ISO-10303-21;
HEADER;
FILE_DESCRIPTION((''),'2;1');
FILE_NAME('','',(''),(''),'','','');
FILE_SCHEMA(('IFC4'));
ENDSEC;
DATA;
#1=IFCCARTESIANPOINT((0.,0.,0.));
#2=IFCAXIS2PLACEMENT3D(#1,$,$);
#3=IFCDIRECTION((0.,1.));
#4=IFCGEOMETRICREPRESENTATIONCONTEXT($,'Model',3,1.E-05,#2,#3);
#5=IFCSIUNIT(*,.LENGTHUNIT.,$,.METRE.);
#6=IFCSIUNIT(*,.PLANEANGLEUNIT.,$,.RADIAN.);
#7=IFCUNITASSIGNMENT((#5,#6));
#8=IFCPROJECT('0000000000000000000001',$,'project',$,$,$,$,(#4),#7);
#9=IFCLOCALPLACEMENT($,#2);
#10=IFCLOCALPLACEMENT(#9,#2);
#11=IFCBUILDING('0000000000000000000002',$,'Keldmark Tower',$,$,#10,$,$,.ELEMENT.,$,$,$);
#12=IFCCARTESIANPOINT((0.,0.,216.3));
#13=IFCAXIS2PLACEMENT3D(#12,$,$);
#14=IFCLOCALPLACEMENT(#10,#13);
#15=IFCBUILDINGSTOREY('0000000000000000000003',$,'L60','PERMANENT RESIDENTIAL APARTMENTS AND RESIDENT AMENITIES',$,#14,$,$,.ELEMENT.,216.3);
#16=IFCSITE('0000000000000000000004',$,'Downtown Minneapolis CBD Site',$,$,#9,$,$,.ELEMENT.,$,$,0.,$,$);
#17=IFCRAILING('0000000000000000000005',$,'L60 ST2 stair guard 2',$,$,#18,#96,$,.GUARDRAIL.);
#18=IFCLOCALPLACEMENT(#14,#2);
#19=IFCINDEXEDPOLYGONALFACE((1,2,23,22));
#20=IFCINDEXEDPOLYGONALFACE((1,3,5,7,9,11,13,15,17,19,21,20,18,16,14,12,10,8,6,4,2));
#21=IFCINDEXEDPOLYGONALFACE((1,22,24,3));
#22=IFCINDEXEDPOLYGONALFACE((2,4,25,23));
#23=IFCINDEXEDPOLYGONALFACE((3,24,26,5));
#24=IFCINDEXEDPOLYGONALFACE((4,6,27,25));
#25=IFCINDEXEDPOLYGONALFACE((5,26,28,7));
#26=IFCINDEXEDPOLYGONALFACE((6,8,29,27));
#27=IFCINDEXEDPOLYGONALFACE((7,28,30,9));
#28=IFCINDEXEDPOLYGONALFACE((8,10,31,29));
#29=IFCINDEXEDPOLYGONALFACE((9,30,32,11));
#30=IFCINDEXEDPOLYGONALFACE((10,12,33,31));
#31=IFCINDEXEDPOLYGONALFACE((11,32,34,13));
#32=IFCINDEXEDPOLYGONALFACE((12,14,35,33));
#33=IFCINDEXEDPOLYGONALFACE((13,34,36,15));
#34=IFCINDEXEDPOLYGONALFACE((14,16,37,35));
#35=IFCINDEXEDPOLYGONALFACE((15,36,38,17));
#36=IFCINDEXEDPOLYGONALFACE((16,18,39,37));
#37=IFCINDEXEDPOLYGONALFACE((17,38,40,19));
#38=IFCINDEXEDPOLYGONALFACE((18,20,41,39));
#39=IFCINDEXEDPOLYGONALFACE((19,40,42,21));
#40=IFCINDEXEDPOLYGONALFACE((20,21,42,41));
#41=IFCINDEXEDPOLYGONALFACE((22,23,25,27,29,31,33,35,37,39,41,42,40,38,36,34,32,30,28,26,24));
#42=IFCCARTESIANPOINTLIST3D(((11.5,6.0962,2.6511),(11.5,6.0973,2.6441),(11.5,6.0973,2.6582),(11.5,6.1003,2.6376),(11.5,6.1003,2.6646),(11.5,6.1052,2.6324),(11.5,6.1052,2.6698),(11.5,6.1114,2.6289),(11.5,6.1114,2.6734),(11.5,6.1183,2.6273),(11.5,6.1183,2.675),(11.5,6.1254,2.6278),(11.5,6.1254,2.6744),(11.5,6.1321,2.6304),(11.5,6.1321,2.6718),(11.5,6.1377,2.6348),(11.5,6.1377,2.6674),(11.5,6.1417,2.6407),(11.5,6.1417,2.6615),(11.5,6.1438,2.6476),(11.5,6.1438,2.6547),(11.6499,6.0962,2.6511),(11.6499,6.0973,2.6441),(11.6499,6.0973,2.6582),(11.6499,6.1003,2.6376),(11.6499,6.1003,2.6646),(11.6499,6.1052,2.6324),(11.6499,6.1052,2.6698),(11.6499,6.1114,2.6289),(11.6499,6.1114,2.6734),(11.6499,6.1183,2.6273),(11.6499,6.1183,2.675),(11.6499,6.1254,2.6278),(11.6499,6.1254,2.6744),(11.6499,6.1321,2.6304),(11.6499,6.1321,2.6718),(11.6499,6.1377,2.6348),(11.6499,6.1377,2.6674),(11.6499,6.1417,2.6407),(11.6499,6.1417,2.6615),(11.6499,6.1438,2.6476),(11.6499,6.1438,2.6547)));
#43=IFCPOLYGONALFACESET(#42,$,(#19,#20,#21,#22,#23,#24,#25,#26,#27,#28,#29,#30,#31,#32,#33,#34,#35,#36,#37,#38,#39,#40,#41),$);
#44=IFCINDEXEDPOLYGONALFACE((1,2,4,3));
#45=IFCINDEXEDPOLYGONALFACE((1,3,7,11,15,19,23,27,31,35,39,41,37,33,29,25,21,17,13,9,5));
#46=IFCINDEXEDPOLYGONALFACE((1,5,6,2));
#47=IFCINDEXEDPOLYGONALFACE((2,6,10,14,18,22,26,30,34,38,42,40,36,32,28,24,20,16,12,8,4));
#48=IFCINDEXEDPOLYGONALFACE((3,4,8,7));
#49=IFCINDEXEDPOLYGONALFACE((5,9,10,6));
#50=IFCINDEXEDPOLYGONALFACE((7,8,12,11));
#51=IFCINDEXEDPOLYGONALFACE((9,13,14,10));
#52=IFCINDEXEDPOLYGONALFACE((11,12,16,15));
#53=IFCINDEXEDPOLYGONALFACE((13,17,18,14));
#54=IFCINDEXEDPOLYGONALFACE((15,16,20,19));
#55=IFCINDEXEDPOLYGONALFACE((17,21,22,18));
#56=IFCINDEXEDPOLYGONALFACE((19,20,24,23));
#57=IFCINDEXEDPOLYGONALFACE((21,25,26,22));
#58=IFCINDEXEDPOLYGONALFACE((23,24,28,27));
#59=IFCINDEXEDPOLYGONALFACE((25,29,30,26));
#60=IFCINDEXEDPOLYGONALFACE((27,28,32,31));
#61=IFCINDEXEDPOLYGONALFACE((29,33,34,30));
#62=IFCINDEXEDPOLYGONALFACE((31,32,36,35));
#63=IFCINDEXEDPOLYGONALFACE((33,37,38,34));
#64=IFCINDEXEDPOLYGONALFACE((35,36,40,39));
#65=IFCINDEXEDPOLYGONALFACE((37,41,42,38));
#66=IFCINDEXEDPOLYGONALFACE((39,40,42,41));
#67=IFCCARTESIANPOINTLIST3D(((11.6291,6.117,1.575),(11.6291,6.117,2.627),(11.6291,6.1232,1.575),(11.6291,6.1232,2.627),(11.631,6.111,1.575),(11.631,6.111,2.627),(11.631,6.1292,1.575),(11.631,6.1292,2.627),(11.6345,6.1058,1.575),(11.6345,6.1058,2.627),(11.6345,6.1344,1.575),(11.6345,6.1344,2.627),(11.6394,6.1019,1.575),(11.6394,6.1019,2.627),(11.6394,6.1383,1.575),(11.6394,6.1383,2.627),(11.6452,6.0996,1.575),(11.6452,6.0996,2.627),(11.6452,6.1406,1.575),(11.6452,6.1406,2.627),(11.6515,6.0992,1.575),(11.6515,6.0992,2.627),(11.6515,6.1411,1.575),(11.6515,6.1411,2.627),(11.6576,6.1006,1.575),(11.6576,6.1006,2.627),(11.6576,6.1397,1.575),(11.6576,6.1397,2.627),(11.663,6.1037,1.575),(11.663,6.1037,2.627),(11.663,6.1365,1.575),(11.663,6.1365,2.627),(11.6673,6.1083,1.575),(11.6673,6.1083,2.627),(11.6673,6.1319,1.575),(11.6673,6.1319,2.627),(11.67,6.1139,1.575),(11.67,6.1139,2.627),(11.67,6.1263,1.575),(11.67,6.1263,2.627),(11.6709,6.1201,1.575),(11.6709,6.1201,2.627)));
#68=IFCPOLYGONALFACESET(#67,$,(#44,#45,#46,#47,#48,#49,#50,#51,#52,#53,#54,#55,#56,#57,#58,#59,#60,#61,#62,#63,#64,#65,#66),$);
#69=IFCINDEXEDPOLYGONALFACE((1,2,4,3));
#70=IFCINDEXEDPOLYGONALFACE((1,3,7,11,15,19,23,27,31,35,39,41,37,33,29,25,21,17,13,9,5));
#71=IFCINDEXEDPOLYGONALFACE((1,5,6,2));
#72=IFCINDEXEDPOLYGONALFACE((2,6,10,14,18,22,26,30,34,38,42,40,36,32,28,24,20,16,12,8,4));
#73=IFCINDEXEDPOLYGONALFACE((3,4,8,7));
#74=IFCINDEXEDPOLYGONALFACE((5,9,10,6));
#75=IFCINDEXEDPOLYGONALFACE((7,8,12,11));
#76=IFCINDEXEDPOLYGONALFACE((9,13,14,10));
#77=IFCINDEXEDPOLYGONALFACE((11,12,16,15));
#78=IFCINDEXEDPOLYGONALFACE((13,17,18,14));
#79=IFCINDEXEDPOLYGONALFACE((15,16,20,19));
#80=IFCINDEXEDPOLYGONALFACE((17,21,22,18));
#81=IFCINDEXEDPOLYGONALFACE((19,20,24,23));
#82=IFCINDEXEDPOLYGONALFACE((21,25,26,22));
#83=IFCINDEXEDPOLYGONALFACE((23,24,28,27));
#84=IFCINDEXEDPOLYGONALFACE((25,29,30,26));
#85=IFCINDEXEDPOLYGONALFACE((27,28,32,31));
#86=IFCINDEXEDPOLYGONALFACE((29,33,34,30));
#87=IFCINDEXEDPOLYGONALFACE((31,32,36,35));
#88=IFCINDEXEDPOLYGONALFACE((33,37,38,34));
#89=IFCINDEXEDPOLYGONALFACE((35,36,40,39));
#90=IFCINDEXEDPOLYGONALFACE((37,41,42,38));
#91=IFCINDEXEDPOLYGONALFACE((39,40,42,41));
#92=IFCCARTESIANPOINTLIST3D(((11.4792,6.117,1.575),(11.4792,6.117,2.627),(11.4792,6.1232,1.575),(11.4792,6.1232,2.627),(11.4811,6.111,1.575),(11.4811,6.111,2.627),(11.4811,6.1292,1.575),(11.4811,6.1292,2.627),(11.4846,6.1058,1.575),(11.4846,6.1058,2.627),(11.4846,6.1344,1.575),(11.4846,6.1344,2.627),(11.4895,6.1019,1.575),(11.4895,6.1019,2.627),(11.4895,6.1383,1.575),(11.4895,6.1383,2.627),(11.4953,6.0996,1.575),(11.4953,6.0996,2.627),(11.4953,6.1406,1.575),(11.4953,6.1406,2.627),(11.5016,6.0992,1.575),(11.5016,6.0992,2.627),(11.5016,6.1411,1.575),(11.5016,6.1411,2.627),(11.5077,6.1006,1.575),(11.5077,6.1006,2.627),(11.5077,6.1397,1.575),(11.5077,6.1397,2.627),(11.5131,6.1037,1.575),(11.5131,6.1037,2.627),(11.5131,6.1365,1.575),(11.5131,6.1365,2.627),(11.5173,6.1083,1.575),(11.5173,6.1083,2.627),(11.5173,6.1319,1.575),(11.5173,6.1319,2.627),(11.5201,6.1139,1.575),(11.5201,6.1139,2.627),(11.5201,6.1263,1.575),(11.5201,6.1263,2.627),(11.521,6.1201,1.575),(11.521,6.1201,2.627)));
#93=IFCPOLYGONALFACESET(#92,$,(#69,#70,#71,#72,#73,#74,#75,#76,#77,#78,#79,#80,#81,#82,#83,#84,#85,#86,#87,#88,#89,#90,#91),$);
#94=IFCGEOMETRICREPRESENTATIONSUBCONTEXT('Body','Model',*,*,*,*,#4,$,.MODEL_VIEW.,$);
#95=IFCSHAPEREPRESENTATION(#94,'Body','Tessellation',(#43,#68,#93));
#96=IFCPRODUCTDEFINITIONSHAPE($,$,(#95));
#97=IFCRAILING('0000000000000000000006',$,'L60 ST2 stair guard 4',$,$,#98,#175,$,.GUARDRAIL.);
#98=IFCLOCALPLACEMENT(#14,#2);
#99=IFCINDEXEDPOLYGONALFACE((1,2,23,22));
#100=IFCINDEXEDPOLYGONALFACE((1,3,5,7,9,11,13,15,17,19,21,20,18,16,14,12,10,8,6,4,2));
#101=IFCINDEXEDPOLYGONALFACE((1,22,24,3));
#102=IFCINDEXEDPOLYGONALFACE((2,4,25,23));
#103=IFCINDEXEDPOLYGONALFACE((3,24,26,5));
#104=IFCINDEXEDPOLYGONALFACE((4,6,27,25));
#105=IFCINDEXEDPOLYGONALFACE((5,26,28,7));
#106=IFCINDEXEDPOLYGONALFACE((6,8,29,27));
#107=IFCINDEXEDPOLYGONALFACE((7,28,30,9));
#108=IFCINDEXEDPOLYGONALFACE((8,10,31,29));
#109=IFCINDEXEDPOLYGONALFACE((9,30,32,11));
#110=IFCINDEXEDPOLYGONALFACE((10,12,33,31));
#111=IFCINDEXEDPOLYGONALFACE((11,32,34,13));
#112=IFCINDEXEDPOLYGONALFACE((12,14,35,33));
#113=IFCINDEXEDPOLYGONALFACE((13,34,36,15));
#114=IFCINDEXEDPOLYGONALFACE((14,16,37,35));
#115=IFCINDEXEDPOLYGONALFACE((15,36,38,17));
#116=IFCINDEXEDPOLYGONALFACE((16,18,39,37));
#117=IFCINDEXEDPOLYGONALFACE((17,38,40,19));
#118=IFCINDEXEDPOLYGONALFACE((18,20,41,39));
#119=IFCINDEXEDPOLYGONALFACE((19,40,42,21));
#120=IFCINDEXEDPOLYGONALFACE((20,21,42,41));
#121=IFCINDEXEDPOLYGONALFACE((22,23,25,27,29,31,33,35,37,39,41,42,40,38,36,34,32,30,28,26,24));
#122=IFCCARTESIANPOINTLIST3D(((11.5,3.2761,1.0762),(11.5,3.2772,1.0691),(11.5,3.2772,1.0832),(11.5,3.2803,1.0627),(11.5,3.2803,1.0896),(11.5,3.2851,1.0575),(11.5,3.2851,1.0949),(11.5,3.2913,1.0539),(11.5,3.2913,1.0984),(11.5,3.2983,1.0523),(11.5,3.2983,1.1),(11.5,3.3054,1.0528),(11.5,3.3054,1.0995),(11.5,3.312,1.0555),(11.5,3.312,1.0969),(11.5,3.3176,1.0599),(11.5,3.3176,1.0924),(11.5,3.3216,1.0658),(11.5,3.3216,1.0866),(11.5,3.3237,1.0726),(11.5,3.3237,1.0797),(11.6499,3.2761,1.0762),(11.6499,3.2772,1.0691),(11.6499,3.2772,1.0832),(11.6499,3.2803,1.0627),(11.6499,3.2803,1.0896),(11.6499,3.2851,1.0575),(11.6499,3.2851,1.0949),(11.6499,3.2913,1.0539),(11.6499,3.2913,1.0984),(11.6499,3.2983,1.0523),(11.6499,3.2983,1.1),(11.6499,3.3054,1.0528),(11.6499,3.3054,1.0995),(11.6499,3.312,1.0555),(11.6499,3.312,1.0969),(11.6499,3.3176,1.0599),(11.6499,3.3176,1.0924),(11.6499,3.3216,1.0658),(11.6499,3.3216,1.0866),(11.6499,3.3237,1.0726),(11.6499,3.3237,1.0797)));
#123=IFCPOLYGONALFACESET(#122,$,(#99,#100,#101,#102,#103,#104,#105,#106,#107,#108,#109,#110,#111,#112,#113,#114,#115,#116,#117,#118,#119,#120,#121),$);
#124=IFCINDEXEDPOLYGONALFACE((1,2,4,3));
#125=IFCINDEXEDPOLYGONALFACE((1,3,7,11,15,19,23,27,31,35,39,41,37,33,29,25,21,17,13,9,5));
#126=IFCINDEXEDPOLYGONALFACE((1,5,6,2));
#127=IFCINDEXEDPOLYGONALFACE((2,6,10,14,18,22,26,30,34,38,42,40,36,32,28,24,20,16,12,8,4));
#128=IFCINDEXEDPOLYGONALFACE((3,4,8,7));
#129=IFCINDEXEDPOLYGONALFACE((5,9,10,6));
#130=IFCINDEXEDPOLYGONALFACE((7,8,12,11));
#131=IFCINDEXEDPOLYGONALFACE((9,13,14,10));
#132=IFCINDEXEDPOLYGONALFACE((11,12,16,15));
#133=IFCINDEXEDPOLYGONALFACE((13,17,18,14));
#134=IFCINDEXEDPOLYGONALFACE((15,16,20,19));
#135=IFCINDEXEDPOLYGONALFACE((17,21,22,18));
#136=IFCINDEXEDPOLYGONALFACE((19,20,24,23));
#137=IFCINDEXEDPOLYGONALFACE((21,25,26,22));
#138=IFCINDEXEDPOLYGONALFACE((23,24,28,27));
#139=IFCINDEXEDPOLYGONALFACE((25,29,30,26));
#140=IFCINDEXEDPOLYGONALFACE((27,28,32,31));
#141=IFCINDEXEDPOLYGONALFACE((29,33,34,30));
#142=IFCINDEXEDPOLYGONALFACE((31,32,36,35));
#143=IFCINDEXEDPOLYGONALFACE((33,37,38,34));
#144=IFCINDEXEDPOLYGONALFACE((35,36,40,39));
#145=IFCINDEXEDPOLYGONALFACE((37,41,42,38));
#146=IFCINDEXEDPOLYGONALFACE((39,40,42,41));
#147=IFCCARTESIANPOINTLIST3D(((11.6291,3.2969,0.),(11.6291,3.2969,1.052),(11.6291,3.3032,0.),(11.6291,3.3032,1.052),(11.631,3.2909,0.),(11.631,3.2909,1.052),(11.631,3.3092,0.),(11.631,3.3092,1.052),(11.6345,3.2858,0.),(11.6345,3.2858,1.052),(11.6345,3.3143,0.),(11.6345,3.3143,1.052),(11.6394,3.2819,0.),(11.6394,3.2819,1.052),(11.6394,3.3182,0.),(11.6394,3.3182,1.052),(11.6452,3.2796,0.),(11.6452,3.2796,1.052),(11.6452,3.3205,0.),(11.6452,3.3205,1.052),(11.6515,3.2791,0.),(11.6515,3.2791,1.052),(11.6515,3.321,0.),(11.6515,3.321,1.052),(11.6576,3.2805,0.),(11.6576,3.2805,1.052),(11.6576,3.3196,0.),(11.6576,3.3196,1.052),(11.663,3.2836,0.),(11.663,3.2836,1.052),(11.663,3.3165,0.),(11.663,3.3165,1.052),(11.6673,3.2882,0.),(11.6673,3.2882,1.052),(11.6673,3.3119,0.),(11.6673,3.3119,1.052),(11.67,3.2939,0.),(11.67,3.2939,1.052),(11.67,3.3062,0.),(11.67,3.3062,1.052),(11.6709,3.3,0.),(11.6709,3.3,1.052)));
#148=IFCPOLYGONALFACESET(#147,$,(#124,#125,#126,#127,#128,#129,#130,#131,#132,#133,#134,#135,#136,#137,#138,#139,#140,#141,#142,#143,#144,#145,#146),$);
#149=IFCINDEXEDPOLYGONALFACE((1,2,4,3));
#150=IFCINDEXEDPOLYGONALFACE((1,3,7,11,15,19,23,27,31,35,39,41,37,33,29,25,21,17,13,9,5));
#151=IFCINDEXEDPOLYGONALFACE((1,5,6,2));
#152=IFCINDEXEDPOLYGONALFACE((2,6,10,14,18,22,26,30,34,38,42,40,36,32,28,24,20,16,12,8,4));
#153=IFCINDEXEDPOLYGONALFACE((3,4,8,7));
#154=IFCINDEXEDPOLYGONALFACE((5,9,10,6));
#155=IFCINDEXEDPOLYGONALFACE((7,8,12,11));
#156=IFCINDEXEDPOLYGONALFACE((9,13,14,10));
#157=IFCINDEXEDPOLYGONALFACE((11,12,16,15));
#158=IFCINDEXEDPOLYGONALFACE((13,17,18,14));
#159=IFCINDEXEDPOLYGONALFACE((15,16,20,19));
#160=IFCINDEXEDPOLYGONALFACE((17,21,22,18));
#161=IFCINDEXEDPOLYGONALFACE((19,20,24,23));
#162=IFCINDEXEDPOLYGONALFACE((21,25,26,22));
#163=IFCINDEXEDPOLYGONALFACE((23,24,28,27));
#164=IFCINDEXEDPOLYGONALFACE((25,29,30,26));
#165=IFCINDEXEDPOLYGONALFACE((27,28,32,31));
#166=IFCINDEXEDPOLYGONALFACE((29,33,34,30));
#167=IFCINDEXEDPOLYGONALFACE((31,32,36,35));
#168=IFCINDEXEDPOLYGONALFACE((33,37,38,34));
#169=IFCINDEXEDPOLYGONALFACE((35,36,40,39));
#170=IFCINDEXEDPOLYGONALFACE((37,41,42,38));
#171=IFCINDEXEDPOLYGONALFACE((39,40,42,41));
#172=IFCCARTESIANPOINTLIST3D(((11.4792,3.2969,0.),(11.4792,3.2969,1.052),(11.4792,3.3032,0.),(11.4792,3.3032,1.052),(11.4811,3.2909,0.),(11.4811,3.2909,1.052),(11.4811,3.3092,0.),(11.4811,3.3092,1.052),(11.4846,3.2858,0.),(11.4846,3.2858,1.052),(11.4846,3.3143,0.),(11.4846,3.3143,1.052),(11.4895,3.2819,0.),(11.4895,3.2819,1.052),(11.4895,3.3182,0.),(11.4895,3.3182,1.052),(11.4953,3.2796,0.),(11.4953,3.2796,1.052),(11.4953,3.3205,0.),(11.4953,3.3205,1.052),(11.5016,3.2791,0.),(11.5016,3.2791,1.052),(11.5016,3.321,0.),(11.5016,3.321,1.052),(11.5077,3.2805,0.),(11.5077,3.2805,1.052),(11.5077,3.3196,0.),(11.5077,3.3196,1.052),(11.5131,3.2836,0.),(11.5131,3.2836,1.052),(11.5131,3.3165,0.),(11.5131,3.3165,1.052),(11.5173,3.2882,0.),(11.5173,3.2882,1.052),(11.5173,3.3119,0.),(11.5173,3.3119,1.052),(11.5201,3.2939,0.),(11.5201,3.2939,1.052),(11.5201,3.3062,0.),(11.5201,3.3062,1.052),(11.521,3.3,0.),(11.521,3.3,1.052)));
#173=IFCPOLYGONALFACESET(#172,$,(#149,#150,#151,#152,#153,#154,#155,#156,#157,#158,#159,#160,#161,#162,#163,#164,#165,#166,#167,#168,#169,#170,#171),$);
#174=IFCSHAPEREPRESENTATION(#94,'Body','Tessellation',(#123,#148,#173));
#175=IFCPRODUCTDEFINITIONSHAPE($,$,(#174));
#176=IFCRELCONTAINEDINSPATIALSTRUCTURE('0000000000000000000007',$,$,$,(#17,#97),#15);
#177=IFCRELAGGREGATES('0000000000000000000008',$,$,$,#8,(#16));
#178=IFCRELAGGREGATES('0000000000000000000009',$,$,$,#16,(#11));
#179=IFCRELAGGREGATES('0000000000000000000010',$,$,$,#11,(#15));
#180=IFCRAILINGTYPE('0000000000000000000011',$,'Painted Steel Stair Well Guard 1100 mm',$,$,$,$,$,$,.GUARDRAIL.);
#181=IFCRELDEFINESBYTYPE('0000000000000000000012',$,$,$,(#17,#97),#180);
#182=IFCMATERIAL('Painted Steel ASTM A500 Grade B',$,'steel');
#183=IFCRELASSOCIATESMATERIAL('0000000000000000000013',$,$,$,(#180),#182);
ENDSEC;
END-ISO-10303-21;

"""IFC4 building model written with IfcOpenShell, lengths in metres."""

from ifc_helpers import new_model, si_unit, direction, frame, origin, origin_2d, place, context, subcontext, project, spatial, circle, extrude, material, type_object, element, save


model = new_model("IFC4")

# Units and contexts
model_context = context("Model", 3, precision=1e-05, world=origin(), true_north=direction((0.0, 1.0)))
body_context = subcontext(model_context, "Body", "Model", "MODEL_VIEW")
ifc_project = project(units=[si_unit("LENGTHUNIT", "METRE"), si_unit("PLANEANGLEUNIT", "RADIAN")], contexts=[model_context])

# Site, building, storey
site_placement = place(None, origin())
site = spatial("IfcSite", under=ifc_project, at=site_placement, Name="Downtown Minneapolis CBD Site", CompositionType="ELEMENT", RefElevation=0.0)
building_placement = place(site_placement, origin())
building = spatial("IfcBuilding", under=site, at=building_placement, Name="Keldmark Tower", CompositionType="ELEMENT")
storey_placement = place(building_placement, frame((0.0, 0.0, 216.3)))
storey = spatial("IfcBuildingStorey", under=building, at=storey_placement, Name="L60", Description="PERMANENT RESIDENTIAL APARTMENTS AND RESIDENT AMENITIES", CompositionType="ELEMENT", Elevation=216.3)

# Railings
ifc_material_1 = material(Name="Painted Steel ASTM A500 Grade B", Category="steel")
railing_type_1 = type_object("IfcRailingType", Name="Painted Steel Stair Well Guard 1100 mm", PredefinedType="GUARDRAIL", material=ifc_material_1)
for number, where, name in (
    (1, (11.6499, 6.1201, 1.575), "L60 ST2 stair guard 2"),
    (2, (11.6499, 3.3, 0.0), "L60 ST2 stair guard 4"),
):
    element("IfcRailing", number, at=place(storey_placement, frame(where)), inside=storey, type_object=railing_type_1, Name=name, PredefinedType="GUARDRAIL", context=body_context, shape_type="SweptSolid", body=[
        extrude(circle(Radius=0.0239, at=origin_2d()), frame((0.0, 0.0, 1.0762), z_axis=(-1.0, 0.0, 0.0), x_axis=(0.0, -1.0, 0.0)), (0.0, 0.0, 1.0), 0.1499),
        extrude(circle(Radius=0.021, at=origin_2d()), origin(), (0.0, 0.0, 1.0), 1.052),
        extrude(circle(Radius=0.021, at=origin_2d()), frame((-0.1499, 0.0, 0.0)), (0.0, 0.0, 1.0), 1.052),
    ])

save(model, "model.ifc")
